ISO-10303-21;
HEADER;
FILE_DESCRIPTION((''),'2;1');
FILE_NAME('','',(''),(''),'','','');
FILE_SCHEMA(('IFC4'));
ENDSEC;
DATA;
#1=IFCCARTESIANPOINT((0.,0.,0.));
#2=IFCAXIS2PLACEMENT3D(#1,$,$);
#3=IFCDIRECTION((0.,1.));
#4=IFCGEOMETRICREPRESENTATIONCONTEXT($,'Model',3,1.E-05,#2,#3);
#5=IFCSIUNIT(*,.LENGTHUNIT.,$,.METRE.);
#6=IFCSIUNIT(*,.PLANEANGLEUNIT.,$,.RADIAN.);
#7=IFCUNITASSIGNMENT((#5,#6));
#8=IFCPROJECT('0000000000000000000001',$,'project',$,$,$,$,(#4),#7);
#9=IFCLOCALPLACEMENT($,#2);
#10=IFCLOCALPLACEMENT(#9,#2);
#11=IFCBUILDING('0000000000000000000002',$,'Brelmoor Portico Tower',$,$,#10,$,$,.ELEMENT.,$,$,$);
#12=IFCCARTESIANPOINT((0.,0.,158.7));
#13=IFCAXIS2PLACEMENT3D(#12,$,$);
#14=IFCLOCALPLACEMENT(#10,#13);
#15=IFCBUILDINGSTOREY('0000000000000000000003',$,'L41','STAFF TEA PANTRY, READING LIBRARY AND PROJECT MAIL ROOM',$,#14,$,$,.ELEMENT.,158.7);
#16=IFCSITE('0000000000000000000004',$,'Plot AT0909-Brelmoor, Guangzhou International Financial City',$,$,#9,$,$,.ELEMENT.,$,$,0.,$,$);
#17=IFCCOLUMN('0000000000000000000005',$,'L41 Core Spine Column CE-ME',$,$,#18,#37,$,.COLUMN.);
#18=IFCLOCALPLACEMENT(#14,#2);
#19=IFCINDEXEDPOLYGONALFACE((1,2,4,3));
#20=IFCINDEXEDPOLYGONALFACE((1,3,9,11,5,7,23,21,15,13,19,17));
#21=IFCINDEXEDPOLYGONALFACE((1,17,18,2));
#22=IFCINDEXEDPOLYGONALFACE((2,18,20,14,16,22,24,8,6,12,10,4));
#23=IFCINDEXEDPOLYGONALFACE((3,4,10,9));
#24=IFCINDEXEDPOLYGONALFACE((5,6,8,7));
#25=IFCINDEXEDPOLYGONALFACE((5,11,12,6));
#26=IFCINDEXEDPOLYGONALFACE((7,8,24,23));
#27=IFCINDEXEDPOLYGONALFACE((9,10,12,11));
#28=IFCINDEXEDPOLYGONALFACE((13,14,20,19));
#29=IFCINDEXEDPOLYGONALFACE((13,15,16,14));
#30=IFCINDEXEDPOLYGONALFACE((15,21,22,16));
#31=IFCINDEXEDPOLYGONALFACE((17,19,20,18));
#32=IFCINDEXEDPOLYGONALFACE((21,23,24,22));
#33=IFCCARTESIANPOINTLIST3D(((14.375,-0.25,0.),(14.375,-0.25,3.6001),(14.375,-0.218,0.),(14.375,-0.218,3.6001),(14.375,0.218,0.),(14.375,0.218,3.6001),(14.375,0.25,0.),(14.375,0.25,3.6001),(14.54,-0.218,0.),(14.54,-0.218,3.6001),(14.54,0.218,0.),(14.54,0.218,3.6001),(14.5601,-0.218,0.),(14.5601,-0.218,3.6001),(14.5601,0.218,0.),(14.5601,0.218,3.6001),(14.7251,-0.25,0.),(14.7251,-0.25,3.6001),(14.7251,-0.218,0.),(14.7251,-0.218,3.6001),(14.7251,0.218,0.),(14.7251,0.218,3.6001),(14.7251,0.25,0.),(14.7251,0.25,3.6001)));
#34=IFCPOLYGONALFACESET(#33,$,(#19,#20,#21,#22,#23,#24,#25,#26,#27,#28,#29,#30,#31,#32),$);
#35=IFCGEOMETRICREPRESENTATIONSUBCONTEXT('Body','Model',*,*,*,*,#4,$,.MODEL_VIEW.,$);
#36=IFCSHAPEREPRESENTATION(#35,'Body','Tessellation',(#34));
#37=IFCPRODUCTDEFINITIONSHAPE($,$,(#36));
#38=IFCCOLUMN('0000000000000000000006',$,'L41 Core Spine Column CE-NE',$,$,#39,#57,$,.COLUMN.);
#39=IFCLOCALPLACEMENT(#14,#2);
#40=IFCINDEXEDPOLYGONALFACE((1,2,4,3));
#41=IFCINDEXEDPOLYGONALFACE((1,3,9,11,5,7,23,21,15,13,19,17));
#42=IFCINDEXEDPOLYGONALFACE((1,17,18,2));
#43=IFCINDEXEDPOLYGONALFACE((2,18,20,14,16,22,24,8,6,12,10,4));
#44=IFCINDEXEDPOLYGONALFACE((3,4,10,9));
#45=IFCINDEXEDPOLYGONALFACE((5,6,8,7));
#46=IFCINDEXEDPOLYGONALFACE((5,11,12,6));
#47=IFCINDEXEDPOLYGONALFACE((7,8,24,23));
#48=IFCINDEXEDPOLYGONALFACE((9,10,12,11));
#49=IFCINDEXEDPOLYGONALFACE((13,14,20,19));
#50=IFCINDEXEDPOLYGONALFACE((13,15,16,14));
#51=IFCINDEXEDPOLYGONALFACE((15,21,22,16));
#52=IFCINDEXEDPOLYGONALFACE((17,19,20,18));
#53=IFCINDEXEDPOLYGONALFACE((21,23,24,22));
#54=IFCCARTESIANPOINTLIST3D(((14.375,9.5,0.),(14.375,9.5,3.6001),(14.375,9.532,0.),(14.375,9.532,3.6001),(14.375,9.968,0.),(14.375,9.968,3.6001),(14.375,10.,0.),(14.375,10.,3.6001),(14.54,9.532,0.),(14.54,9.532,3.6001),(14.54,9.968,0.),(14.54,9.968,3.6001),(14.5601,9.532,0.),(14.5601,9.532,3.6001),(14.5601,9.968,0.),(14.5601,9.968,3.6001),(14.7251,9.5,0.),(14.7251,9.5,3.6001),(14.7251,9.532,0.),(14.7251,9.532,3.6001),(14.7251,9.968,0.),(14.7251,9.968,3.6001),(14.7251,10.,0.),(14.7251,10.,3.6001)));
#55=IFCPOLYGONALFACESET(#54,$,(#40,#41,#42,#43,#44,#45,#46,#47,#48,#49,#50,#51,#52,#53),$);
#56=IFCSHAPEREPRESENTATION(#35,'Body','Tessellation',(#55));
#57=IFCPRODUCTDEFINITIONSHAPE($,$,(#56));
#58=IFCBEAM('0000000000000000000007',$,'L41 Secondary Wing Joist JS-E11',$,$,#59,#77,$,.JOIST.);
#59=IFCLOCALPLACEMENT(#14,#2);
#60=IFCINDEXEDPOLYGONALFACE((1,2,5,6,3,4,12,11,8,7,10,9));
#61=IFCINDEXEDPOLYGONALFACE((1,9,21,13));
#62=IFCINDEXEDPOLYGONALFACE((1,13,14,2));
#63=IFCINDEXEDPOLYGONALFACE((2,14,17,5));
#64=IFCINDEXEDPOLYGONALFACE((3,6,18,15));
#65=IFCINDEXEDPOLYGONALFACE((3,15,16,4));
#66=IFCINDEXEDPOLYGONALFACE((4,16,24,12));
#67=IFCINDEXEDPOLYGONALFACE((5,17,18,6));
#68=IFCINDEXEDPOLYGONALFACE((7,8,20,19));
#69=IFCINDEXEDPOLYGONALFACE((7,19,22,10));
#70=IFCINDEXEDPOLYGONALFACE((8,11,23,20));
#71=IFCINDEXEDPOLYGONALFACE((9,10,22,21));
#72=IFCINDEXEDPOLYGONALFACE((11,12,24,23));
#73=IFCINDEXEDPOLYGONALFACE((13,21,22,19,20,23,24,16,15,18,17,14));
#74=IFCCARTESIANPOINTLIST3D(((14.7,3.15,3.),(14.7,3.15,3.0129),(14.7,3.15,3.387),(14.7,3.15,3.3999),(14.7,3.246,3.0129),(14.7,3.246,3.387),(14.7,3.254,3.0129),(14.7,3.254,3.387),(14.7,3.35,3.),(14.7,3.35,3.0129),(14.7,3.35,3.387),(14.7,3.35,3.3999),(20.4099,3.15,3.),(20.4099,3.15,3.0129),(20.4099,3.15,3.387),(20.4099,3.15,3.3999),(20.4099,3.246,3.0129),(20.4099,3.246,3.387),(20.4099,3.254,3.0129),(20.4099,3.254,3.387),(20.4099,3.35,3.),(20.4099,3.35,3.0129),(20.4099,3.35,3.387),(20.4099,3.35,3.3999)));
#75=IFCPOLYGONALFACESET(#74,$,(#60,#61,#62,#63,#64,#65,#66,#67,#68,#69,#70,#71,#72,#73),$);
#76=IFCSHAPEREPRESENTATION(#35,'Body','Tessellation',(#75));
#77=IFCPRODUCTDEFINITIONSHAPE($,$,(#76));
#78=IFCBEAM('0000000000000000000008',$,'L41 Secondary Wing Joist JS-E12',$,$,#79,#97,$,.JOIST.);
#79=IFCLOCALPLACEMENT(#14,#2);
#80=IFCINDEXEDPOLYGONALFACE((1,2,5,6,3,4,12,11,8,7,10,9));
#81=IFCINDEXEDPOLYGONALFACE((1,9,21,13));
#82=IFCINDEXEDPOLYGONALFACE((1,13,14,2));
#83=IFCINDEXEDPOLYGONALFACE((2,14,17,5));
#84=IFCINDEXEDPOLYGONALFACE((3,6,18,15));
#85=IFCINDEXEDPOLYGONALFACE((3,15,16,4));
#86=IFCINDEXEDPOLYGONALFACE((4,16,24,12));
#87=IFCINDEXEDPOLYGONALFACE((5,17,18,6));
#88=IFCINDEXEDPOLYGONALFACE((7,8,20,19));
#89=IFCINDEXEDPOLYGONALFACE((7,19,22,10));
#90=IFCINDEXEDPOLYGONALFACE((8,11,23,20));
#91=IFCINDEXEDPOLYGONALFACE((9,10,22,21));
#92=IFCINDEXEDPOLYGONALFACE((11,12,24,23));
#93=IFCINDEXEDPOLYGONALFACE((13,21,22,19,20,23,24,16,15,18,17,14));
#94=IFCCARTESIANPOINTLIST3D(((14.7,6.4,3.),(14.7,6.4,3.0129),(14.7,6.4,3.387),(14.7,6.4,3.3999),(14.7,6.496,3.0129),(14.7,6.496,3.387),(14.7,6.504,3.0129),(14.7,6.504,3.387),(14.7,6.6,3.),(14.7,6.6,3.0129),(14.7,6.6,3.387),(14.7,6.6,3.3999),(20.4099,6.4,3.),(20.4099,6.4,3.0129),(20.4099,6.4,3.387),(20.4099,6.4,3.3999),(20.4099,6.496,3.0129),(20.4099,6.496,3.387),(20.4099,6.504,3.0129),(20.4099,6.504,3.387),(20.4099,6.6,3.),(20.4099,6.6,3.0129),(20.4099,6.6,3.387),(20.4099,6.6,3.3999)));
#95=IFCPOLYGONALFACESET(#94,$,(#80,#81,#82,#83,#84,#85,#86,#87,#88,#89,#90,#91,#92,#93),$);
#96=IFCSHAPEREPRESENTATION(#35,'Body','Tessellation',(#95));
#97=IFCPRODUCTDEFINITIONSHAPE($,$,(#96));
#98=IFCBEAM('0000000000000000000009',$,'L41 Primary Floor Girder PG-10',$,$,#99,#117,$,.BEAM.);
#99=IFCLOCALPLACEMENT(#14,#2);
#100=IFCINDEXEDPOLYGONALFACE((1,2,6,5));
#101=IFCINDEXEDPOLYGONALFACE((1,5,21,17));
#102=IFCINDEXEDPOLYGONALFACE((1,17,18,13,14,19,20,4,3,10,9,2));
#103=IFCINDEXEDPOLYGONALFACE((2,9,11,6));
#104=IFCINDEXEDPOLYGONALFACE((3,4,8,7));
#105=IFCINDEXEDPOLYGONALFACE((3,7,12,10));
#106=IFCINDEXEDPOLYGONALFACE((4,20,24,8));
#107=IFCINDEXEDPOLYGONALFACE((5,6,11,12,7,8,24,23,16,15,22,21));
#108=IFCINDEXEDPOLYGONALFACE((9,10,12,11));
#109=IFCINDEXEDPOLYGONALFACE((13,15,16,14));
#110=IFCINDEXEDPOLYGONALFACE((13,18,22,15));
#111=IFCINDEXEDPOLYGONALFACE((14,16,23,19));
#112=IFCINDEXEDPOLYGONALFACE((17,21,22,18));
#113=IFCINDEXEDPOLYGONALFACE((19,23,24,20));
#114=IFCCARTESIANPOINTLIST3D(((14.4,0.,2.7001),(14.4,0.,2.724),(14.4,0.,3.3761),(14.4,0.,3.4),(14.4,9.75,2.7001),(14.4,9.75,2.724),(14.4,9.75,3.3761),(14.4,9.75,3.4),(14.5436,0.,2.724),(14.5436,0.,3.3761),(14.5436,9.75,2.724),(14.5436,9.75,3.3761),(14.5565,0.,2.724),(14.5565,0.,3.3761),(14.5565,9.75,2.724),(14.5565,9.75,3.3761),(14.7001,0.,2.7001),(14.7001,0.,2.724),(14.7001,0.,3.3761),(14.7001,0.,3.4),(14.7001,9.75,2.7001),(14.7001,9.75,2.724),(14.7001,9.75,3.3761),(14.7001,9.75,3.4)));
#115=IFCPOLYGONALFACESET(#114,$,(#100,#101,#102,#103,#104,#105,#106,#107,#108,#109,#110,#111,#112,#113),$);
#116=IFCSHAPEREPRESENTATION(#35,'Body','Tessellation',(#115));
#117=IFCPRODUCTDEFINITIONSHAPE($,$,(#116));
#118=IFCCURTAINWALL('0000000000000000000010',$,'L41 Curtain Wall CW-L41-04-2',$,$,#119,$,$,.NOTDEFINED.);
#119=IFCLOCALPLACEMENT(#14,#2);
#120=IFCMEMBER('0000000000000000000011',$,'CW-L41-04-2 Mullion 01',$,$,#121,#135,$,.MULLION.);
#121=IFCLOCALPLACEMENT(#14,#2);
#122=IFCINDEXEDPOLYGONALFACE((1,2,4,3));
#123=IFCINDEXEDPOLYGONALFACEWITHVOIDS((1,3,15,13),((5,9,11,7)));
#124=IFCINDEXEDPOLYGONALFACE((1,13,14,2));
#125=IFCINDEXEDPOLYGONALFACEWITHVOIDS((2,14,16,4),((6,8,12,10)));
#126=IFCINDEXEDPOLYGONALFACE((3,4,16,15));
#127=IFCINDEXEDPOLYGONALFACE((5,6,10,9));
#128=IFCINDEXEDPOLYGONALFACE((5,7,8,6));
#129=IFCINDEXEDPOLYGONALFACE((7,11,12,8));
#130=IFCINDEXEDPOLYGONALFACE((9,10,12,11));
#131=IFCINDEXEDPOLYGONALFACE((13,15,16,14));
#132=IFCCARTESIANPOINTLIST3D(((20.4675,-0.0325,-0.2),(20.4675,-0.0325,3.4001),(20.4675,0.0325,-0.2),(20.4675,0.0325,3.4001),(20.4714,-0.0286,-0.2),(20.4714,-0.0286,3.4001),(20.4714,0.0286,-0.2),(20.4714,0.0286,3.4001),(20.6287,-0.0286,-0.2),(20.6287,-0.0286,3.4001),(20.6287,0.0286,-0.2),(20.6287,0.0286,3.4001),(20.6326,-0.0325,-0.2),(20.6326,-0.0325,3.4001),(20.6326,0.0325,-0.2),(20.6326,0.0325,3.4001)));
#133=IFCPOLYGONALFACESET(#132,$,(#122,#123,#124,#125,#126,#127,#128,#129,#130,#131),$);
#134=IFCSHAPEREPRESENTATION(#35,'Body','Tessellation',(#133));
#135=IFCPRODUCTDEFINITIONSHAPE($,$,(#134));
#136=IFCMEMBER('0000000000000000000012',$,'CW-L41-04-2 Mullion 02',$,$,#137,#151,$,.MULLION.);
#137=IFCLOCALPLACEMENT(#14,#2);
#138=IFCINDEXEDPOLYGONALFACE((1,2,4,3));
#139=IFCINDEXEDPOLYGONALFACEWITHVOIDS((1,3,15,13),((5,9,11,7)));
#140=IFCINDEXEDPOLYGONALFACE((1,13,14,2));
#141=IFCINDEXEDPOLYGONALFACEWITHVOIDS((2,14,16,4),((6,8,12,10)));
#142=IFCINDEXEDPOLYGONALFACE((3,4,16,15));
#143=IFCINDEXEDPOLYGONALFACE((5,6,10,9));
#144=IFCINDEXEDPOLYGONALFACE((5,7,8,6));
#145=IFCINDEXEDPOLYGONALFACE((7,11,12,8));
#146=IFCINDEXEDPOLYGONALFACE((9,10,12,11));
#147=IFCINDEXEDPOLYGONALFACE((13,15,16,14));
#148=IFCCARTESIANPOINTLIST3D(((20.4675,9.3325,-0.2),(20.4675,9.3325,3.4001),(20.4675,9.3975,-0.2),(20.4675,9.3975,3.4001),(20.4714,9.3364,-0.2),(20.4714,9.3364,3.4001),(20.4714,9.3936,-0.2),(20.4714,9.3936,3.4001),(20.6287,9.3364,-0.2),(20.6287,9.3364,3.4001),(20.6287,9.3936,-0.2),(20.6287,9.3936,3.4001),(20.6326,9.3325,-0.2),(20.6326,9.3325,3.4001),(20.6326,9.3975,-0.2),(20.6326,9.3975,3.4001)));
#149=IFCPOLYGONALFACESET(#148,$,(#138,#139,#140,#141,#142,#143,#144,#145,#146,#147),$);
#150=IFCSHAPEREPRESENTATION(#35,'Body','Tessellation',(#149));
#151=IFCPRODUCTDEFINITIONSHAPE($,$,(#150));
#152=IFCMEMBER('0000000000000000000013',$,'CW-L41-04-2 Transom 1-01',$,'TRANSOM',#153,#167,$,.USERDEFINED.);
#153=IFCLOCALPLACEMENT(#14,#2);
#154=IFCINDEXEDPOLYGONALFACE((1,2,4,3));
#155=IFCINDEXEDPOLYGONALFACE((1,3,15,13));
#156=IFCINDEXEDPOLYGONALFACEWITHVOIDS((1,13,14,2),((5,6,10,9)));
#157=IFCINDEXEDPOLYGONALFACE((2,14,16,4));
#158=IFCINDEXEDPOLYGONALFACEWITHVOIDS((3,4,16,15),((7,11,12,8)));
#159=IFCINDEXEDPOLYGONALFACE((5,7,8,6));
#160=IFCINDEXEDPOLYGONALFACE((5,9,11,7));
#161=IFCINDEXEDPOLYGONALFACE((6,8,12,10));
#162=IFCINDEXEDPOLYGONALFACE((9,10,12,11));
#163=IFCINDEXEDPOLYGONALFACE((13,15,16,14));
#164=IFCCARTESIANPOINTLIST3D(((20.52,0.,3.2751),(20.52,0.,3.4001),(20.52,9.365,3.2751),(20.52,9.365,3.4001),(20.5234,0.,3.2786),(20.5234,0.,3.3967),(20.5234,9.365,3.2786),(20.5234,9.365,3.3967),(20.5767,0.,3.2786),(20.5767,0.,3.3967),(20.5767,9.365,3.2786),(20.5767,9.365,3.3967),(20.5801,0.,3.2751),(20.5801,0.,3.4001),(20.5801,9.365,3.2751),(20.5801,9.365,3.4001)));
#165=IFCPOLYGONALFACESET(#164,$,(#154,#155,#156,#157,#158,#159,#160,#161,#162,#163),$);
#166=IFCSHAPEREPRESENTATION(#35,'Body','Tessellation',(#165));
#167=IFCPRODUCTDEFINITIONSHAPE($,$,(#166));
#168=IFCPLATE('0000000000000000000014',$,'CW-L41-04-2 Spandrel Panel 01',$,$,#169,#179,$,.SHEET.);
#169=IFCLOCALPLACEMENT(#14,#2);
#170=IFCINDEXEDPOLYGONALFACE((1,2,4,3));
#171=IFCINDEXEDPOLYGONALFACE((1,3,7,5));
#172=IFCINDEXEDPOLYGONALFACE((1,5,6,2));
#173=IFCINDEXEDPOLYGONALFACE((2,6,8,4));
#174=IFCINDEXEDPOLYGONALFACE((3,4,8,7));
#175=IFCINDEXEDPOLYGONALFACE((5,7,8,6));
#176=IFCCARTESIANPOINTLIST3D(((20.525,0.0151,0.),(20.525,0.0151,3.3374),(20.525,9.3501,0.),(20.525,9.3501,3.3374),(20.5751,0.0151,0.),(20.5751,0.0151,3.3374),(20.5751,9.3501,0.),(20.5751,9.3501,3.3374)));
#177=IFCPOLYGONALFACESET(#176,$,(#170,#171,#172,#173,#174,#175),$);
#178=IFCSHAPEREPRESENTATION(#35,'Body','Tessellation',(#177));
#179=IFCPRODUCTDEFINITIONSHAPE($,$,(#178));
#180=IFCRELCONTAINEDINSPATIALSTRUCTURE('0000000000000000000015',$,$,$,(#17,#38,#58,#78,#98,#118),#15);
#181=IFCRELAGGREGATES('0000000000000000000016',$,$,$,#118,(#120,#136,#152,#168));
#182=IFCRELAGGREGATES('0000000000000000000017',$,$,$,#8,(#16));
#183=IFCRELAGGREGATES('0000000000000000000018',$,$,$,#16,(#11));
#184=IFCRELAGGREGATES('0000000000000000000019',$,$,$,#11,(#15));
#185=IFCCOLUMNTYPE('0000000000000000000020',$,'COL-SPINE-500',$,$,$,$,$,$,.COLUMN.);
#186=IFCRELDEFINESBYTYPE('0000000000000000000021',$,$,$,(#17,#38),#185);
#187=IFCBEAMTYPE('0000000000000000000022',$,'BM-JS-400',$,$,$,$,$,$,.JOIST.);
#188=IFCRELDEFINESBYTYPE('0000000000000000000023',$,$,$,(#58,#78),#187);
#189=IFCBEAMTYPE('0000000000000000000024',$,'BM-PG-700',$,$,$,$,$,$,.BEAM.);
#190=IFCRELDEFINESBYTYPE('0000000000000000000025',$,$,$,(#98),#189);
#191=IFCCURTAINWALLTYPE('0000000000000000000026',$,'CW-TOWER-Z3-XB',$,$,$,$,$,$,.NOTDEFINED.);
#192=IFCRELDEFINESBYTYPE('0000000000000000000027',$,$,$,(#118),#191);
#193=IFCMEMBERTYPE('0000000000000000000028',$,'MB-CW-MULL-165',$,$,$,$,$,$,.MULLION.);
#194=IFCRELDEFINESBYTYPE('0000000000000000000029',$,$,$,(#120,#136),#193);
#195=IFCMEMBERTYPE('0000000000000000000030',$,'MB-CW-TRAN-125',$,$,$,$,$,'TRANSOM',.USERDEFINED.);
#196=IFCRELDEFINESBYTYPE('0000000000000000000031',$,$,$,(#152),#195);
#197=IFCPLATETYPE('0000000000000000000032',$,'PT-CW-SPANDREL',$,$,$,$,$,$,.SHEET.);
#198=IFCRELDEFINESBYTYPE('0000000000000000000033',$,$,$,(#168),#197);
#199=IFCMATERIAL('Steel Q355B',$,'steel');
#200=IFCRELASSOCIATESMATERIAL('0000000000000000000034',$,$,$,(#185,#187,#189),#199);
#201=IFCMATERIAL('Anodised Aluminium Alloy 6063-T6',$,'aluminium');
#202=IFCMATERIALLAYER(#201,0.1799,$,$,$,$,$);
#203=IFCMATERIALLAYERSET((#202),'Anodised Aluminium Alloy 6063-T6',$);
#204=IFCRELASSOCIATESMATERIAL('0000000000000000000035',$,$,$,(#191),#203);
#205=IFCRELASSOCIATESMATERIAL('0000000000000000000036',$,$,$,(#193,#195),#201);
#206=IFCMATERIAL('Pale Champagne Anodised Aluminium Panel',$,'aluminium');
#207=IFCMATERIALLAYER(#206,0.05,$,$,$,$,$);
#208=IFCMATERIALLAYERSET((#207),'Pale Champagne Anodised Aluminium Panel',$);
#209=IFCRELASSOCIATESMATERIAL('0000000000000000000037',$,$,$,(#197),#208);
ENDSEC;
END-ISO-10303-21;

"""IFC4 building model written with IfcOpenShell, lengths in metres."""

from ifc_helpers import new_model, si_unit, direction, frame, origin, origin_2d, place, context, subcontext, project, spatial, rectangle, hollow_rectangle, i_section, extrude, material, layer, layer_set, material_profile, profile_set, type_object, element, aggregate, save


model = new_model("IFC4")

# Units and contexts
model_context = context("Model", 3, precision=1e-05, world=origin(), true_north=direction((0.0, 1.0)))
body_context = subcontext(model_context, "Body", "Model", "MODEL_VIEW")
ifc_project = project(units=[si_unit("LENGTHUNIT", "METRE"), si_unit("PLANEANGLEUNIT", "RADIAN")], contexts=[model_context])

# Site, building, storey
site_placement = place(None, origin())
site = spatial("IfcSite", under=ifc_project, at=site_placement, Name="Plot AT0909-Brelmoor, Guangzhou International Financial City", CompositionType="ELEMENT", RefElevation=0.0)
building_placement = place(site_placement, origin())
building = spatial("IfcBuilding", under=site, at=building_placement, Name="Brelmoor Portico Tower", CompositionType="ELEMENT")
storey_placement = place(building_placement, frame((0.0, 0.0, 158.7)))
storey = spatial("IfcBuildingStorey", under=building, at=storey_placement, Name="L41", Description="STAFF TEA PANTRY, READING LIBRARY AND PROJECT MAIL ROOM", CompositionType="ELEMENT", Elevation=158.7)

# Columns
ifc_material_1 = material(Name="Steel Q355B", Category="steel")
ifc_material_profile_1 = material_profile(ifc_material_1, i_section(OverallWidth=0.3501, OverallDepth=0.5, WebThickness=0.02, FlangeThickness=0.032, at=origin_2d()), Name="HW 500x350x20x32")
ifc_profile_set_1 = profile_set([ifc_material_profile_1], Name="Steel Q355B")
column_type = type_object("IfcColumnType", Name="COL-SPINE-500", PredefinedType="COLUMN", material=ifc_profile_set_1)
for number, where, z_axis, x_axis, name in (
    (1, (14.55, 0.0, 0.0), (0.0, 0.0, 1.0), (1.0, 0.0, 0.0), "L41 Core Spine Column CE-ME"),
    (2, (14.55, 9.75, 0.0), (0.0, 0.0, 1.0), (1.0, 0.0, 0.0), "L41 Core Spine Column CE-NE"),
):
    element("IfcColumn", number, at=place(storey_placement, frame(where, z_axis=z_axis, x_axis=x_axis)), inside=storey, type_object=column_type, Name=name, PredefinedType="COLUMN", context=body_context, shape_type="SweptSolid", body=[
        extrude(i_section(OverallWidth=0.3501, OverallDepth=0.5, WebThickness=0.02, FlangeThickness=0.032, at=origin_2d()), origin(), (0.0, 0.0, 1.0), 3.6001),
    ])

# Beams
ifc_material_profile_2 = material_profile(ifc_material_1, i_section(OverallWidth=0.2, OverallDepth=0.3999, WebThickness=0.0081, FlangeThickness=0.0129, at=origin_2d()), Name="HN 400x200x8x13")
ifc_profile_set_2 = profile_set([ifc_material_profile_2], Name="Steel Q355B")
beam_type_1 = type_object("IfcBeamType", Name="BM-JS-400", PredefinedType="JOIST", material=ifc_profile_set_2)
for number, where, z_axis, x_axis, name in (
    (3, (14.7, 3.25, 3.2), (1.0, 0.0, 0.0), (0.0, 1.0, 0.0), "L41 Secondary Wing Joist JS-E11"),
    (4, (14.7, 6.5, 3.2), (1.0, 0.0, 0.0), (0.0, 1.0, 0.0), "L41 Secondary Wing Joist JS-E12"),
):
    element("IfcBeam", number, at=place(storey_placement, frame(where, z_axis=z_axis, x_axis=x_axis)), inside=storey, type_object=beam_type_1, Name=name, PredefinedType="JOIST", context=body_context, shape_type="SweptSolid", body=[
        extrude(i_section(OverallWidth=0.2, OverallDepth=0.3999, WebThickness=0.0081, FlangeThickness=0.0129, at=origin_2d()), origin(), (0.0, 0.0, 1.0), 5.71),
    ])
ifc_material_profile_3 = material_profile(ifc_material_1, i_section(OverallWidth=0.3, OverallDepth=0.7, WebThickness=0.0129, FlangeThickness=0.0239, at=origin_2d()), Name="HN 700x300x13x24")
ifc_profile_set_3 = profile_set([ifc_material_profile_3], Name="Steel Q355B")
beam_type_2 = type_object("IfcBeamType", Name="BM-PG-700", PredefinedType="BEAM", material=ifc_profile_set_3)
beam_placement = place(storey_placement, frame((14.55, 0.0, 3.05), z_axis=(0.0, 1.0, 0.0), x_axis=(-1.0, 0.0, 0.0)))
element("IfcBeam", 5, at=beam_placement, inside=storey, type_object=beam_type_2, Name="L41 Primary Floor Girder PG-10", PredefinedType="BEAM", context=body_context, shape_type="SweptSolid", body=[
    extrude(i_section(OverallWidth=0.3, OverallDepth=0.7, WebThickness=0.0129, FlangeThickness=0.0239, at=origin_2d()), origin(), (0.0, 0.0, 1.0), 9.75),
])

# Curtain wall, members, plate
ifc_material_2 = material(Name="Anodised Aluminium Alloy 6063-T6", Category="aluminium")
ifc_layer_1 = layer(ifc_material_2, 0.1799)
ifc_layer_set_1 = layer_set([ifc_layer_1], Name="Anodised Aluminium Alloy 6063-T6")
curtain_wall_type = type_object("IfcCurtainWallType", Name="CW-TOWER-Z3-XB", PredefinedType="NOTDEFINED", material=ifc_layer_set_1)
curtain_wall_placement = place(storey_placement, origin())
curtain_wall = element("IfcCurtainWall", 6, at=curtain_wall_placement, inside=storey, type_object=curtain_wall_type, Name="L41 Curtain Wall CW-L41-04-2", PredefinedType="NOTDEFINED")
ifc_material_profile_4 = material_profile(ifc_material_2, hollow_rectangle(XDim=0.0649, YDim=0.165, WallThickness=0.0039, at=origin_2d()), Name="ALU MULLION 65x165")
ifc_profile_set_4 = profile_set([ifc_material_profile_4], Name="Anodised Aluminium Alloy 6063-T6")
member_type_1 = type_object("IfcMemberType", Name="MB-CW-MULL-165", PredefinedType="MULLION", material=ifc_profile_set_4)
member_1_placement = place(storey_placement, frame((20.55, 0.0, -0.2), z_axis=(0.0, 0.0, 1.0), x_axis=(0.0, 1.0, 0.0)))
member_1 = element("IfcMember", 7, at=member_1_placement, type_object=member_type_1, Name="CW-L41-04-2 Mullion 01", PredefinedType="MULLION", context=body_context, shape_type="SweptSolid", body=[
    extrude(hollow_rectangle(XDim=0.0649, YDim=0.165, WallThickness=0.0039, at=origin_2d()), origin(), (0.0, 0.0, 1.0), 3.6001),
])
member_2_placement = place(storey_placement, frame((20.55, 9.365, -0.2), z_axis=(0.0, 0.0, 1.0), x_axis=(0.0, 1.0, 0.0)))
member_2 = element("IfcMember", 8, at=member_2_placement, type_object=member_type_1, Name="CW-L41-04-2 Mullion 02", PredefinedType="MULLION", context=body_context, shape_type="SweptSolid", body=[
    extrude(hollow_rectangle(XDim=0.0649, YDim=0.165, WallThickness=0.0039, at=origin_2d()), origin(), (0.0, 0.0, 1.0), 3.6001),
])
ifc_material_profile_5 = material_profile(ifc_material_2, hollow_rectangle(XDim=0.0601, YDim=0.125, WallThickness=0.0034, at=origin_2d()), Name="ALU TRANSOM 60x125")
ifc_profile_set_5 = profile_set([ifc_material_profile_5], Name="Anodised Aluminium Alloy 6063-T6")
member_type_2 = type_object("IfcMemberType", Name="MB-CW-TRAN-125", ElementType="TRANSOM", PredefinedType="USERDEFINED", material=ifc_profile_set_5)
member_3_placement = place(storey_placement, frame((20.55, 0.0, 3.3376), z_axis=(0.0, 1.0, 0.0), x_axis=(-1.0, 0.0, 0.0)))
member_3 = element("IfcMember", 9, at=member_3_placement, type_object=member_type_2, Name="CW-L41-04-2 Transom 1-01", ObjectType="TRANSOM", PredefinedType="USERDEFINED", context=body_context, shape_type="SweptSolid", body=[
    extrude(hollow_rectangle(XDim=0.0601, YDim=0.125, WallThickness=0.0034, at=origin_2d()), origin(), (0.0, 0.0, 1.0), 9.365),
])
ifc_material_3 = material(Name="Pale Champagne Anodised Aluminium Panel", Category="aluminium")
ifc_layer_2 = layer(ifc_material_3, 0.05)
ifc_layer_set_2 = layer_set([ifc_layer_2], Name="Pale Champagne Anodised Aluminium Panel")
plate_type_1 = type_object("IfcPlateType", Name="PT-CW-SPANDREL", PredefinedType="SHEET", material=ifc_layer_set_2)
plate_1_placement = place(storey_placement, frame((20.55, 4.6826, 0.0), z_axis=(0.0, 0.0, 1.0), x_axis=(0.0, 1.0, 0.0)))
plate_1 = element("IfcPlate", 10, at=plate_1_placement, type_object=plate_type_1, Name="CW-L41-04-2 Spandrel Panel 01", PredefinedType="SHEET", context=body_context, shape_type="SweptSolid", body=[
    extrude(rectangle(XDim=9.335, YDim=0.05, at=origin_2d()), origin(), (0.0, 0.0, 1.0), 3.3374),
])
aggregate(curtain_wall, [member_1, member_2, member_3, plate_1])

save(model, "model.ifc")
